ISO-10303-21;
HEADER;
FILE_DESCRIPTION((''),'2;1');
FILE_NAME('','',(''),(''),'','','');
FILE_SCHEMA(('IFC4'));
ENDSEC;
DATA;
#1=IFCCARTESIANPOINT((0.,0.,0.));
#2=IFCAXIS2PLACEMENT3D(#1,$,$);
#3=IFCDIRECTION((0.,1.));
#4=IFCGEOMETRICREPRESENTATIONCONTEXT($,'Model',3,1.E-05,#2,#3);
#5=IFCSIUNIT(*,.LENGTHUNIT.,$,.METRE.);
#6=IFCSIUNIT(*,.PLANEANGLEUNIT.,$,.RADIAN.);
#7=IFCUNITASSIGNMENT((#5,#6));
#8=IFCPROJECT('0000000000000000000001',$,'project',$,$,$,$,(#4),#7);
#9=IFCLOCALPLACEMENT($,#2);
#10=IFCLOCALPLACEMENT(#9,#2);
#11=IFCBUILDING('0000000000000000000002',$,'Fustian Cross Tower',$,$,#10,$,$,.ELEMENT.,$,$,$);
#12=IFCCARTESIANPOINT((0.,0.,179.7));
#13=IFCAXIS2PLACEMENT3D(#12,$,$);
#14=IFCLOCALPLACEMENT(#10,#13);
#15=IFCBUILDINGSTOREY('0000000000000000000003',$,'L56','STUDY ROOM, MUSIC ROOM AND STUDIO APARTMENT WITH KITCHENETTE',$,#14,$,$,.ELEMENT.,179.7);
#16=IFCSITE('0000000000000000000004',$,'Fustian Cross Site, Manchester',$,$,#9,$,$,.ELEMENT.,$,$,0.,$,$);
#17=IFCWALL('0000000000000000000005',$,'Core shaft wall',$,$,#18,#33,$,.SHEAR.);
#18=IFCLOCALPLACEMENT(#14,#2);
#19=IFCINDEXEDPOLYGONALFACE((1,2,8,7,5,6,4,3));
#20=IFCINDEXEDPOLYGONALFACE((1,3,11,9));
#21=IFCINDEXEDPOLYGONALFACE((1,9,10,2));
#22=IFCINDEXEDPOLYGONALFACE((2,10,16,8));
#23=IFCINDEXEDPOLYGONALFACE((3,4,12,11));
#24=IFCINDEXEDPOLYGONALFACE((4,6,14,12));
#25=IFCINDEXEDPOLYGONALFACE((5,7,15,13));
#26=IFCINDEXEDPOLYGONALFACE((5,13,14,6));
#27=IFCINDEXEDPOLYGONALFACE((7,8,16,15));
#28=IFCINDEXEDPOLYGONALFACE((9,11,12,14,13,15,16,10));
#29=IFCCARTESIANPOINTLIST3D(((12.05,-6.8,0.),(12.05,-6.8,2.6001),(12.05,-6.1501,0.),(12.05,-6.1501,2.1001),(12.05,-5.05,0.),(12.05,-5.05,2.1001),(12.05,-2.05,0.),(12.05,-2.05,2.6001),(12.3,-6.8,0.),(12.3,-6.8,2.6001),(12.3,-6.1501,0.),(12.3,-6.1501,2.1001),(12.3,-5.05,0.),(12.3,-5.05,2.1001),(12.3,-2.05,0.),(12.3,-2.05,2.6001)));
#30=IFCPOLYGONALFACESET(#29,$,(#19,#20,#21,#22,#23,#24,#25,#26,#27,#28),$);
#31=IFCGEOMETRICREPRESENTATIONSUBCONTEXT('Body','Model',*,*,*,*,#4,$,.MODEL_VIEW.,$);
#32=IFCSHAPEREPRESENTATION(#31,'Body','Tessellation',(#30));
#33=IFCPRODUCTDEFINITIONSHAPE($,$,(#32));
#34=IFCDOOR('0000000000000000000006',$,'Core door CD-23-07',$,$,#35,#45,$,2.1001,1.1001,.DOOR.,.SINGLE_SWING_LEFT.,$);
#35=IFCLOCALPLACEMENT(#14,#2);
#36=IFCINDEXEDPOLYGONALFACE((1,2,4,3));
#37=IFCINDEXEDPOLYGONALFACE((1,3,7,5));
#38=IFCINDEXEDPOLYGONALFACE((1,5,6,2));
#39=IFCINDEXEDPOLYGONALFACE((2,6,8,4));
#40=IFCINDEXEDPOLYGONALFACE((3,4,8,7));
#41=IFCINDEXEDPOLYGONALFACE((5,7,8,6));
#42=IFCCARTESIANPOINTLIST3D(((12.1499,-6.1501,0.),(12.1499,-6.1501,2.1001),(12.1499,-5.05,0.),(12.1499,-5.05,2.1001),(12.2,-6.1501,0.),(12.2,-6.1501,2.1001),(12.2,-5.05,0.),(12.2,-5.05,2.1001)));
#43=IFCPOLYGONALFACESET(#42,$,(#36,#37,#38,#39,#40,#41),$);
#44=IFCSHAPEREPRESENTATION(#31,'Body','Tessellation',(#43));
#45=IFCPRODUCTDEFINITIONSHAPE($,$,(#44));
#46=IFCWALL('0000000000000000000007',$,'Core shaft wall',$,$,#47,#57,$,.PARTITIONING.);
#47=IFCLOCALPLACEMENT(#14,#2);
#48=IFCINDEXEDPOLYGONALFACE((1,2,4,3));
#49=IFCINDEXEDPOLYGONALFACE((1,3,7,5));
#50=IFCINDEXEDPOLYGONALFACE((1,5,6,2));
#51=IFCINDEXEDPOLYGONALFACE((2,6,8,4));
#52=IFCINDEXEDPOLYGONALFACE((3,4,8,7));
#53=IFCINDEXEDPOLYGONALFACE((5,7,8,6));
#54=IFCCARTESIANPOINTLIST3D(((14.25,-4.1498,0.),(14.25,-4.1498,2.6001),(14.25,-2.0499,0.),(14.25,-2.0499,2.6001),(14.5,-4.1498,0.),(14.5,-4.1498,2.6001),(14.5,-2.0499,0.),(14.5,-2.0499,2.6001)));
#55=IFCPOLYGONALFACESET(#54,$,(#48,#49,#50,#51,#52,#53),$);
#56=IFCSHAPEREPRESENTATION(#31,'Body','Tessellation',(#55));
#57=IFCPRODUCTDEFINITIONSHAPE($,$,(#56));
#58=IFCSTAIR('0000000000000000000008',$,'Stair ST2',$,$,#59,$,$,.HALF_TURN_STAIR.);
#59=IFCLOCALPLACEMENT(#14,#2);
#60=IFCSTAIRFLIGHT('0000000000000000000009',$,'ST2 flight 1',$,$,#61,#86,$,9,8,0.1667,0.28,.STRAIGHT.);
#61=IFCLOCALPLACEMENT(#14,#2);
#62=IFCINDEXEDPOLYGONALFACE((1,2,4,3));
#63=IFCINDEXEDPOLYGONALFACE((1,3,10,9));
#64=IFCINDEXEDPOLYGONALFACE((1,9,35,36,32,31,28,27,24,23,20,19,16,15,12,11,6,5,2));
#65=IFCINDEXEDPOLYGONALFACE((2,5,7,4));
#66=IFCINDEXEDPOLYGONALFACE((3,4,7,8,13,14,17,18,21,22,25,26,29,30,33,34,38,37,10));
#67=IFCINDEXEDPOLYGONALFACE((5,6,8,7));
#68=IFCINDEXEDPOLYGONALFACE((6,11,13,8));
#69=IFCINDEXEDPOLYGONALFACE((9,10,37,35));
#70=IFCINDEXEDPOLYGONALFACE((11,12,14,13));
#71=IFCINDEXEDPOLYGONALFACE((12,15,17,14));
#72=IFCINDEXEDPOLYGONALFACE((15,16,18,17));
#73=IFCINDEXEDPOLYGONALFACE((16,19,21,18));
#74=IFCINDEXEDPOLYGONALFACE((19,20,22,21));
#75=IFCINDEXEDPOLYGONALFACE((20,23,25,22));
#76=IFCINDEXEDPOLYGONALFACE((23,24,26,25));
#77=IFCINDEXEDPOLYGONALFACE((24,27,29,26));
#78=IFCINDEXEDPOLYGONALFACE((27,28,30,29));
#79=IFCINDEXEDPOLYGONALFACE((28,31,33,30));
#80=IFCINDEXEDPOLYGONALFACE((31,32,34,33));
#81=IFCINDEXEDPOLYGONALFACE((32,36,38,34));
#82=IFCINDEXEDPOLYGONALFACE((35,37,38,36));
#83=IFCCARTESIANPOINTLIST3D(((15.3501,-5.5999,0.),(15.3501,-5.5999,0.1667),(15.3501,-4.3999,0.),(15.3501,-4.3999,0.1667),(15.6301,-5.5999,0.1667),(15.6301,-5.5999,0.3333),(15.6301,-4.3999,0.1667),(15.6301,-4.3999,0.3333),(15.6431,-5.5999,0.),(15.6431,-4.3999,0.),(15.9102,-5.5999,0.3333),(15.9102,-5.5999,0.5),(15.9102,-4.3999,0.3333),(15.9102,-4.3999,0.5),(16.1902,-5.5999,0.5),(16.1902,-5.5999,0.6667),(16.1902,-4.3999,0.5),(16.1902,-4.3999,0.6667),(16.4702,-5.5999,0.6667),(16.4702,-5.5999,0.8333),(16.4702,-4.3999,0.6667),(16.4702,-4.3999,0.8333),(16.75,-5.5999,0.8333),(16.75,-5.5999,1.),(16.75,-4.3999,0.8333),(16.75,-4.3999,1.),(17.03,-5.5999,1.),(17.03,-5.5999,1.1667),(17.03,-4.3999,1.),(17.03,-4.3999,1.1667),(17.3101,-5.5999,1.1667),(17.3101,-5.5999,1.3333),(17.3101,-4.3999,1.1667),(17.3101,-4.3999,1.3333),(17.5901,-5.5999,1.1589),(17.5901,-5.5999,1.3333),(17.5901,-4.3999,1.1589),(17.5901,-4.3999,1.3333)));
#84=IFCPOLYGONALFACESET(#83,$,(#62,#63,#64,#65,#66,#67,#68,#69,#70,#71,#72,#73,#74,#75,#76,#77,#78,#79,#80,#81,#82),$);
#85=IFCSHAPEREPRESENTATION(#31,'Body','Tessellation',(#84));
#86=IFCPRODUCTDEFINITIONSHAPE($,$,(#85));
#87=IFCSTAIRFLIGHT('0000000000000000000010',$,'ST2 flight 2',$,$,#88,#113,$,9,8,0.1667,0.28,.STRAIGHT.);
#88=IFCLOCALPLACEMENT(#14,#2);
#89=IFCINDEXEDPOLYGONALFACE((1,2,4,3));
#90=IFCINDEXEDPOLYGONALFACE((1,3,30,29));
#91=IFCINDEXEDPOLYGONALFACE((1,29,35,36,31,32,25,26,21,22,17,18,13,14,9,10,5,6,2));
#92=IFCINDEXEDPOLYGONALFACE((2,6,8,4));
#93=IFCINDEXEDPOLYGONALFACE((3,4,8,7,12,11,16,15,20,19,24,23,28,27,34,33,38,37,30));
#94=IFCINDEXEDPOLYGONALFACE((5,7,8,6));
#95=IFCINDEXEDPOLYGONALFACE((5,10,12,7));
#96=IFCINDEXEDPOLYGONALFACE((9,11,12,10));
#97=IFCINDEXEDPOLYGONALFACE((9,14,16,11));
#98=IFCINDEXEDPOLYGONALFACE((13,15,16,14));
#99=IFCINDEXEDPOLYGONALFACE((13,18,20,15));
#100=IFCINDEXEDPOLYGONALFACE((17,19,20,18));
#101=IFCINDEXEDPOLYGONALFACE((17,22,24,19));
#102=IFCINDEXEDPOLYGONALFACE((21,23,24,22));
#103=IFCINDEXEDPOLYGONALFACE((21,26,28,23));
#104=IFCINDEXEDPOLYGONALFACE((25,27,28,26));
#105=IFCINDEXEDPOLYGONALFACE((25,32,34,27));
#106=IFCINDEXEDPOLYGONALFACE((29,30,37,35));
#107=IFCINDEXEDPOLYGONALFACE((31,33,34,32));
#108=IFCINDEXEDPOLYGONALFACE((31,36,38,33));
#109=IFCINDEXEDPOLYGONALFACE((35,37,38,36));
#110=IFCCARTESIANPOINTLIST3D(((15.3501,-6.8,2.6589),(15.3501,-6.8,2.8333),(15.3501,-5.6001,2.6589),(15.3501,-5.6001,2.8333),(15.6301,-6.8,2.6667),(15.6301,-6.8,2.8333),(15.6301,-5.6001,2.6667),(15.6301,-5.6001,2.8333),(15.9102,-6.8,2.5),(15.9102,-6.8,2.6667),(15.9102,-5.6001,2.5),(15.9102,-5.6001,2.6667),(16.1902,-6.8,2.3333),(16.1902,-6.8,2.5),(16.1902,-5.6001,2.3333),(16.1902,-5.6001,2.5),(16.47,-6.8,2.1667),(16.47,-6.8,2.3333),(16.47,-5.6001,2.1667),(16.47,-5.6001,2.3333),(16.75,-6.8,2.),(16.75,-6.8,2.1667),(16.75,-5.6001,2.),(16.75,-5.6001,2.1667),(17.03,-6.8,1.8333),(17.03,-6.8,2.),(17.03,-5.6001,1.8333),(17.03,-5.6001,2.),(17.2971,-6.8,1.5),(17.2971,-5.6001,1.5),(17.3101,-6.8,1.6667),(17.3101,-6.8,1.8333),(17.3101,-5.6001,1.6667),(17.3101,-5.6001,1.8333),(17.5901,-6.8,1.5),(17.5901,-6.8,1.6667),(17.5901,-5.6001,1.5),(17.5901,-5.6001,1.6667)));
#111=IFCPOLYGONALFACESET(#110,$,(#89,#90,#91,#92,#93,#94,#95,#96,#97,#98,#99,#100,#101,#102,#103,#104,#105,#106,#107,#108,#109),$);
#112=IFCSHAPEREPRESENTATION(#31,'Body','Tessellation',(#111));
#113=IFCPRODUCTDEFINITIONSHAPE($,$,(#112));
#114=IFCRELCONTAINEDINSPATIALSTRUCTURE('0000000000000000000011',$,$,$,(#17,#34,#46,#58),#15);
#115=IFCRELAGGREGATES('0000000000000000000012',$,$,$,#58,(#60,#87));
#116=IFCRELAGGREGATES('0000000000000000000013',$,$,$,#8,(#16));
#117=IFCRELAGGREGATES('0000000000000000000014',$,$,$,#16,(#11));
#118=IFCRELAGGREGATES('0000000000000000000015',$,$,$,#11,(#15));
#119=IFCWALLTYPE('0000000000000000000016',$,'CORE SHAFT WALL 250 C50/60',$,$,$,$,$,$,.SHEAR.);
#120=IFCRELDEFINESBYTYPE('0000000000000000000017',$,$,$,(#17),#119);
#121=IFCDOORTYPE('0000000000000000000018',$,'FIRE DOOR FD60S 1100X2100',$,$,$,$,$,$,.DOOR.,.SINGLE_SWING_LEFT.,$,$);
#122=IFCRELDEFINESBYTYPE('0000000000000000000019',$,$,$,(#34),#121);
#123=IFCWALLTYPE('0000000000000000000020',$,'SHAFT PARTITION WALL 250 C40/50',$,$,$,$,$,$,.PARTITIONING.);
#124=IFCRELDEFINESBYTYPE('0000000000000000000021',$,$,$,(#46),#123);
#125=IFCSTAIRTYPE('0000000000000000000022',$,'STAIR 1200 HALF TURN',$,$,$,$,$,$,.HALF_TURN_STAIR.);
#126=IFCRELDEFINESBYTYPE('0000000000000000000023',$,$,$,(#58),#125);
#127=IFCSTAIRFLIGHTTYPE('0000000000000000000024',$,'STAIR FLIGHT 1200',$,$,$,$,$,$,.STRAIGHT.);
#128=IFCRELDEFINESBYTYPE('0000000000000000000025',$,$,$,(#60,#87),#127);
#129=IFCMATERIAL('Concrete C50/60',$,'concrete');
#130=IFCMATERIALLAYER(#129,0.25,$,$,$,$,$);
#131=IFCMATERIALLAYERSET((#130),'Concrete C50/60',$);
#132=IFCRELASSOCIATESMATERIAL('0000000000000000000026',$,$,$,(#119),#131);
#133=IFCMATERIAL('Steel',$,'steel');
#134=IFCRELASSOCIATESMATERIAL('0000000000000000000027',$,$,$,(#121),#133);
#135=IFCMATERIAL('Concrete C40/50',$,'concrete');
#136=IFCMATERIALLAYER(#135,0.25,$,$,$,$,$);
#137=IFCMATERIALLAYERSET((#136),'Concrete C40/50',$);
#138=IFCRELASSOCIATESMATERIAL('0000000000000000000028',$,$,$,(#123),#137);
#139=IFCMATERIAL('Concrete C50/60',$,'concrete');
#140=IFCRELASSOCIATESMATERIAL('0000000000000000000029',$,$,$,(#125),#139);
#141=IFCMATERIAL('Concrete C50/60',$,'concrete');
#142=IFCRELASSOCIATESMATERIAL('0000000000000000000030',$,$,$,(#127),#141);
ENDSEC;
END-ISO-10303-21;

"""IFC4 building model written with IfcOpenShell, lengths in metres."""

from ifc_helpers import new_model, si_unit, direction, frame, frame_2d, origin, place, context, subcontext, project, spatial, polyline, rectangle, outline, extrude, material, layer, layer_set, type_object, element, fill, aggregate, save


model = new_model("IFC4")

# Units and contexts
model_context = context("Model", 3, precision=1e-05, world=origin(), true_north=direction((0.0, 1.0)))
body_context = subcontext(model_context, "Body", "Model", "MODEL_VIEW")
ifc_project = project(units=[si_unit("LENGTHUNIT", "METRE"), si_unit("PLANEANGLEUNIT", "RADIAN")], contexts=[model_context])

# Site, building, storey
site_placement = place(None, origin())
site = spatial("IfcSite", under=ifc_project, at=site_placement, Name="Fustian Cross Site, Manchester", CompositionType="ELEMENT", RefElevation=0.0)
building_placement = place(site_placement, origin())
building = spatial("IfcBuilding", under=site, at=building_placement, Name="Fustian Cross Tower", CompositionType="ELEMENT")
storey_placement = place(building_placement, frame((0.0, 0.0, 179.7)))
storey = spatial("IfcBuildingStorey", under=building, at=storey_placement, Name="L56", Description="STUDY ROOM, MUSIC ROOM AND STUDIO APARTMENT WITH KITCHENETTE", CompositionType="ELEMENT", Elevation=179.7)

# Shared definitions
ifc_material_1 = material(Name="Concrete C50/60", Category="concrete")
ifc_layer_1 = layer(ifc_material_1, 0.25)
ifc_layer_set_1 = layer_set([ifc_layer_1], Name="Concrete C50/60")
wall_type_1 = type_object("IfcWallType", Name="CORE SHAFT WALL 250 C50/60", PredefinedType="SHEAR", material=ifc_layer_set_1)

# Wall, opening, door
wall_1_placement = place(storey_placement, frame((12.175, -2.05, 0.0), z_axis=(0.0, 0.0, 1.0), x_axis=(0.0, -1.0, 0.0)))
wall_1 = element("IfcWall", 1, at=wall_1_placement, inside=storey, type_object=wall_type_1, Name="Core shaft wall", PredefinedType="SHEAR", context=body_context, shape_type="SweptSolid", body=[
    extrude(rectangle(XDim=4.75, YDim=0.25, at=frame_2d((2.375, 0.0))), origin(), (0.0, 0.0, 1.0), 2.6001),
])
opening_1_placement = place(wall_1_placement, frame((3.0, 0.0, 0.0)))
opening_1 = element("IfcOpeningElement", 2, at=opening_1_placement, cuts=wall_1, PredefinedType="OPENING", context=body_context, shape_type="SweptSolid", body=[
    extrude(rectangle(XDim=1.1001, YDim=2.1001, at=frame_2d((0.55, 1.05))), frame((0.0, 0.135, 0.0), z_axis=(0.0, -1.0, 0.0), x_axis=(1.0, 0.0, 0.0)), (0.0, 0.0, 1.0), 0.27),
])
ifc_material_2 = material(Name="Steel", Category="steel")
door_type_1 = type_object("IfcDoorType", Name="FIRE DOOR FD60S 1100X2100", OperationType="SINGLE_SWING_LEFT", PredefinedType="DOOR", material=ifc_material_2)
door_1_placement = place(opening_1_placement, origin())
door_1 = element("IfcDoor", 3, at=door_1_placement, inside=storey, type_object=door_type_1, Name="Core door CD-23-07", OperationType="SINGLE_SWING_LEFT", OverallHeight=2.1001, OverallWidth=1.1001, PredefinedType="DOOR", context=body_context, shape_type="SweptSolid", body=[
    extrude(rectangle(XDim=1.1001, YDim=2.1001, at=frame_2d((0.55, 1.05))), frame((0.0, 0.0249, 0.0), z_axis=(0.0, -1.0, 0.0), x_axis=(1.0, 0.0, 0.0)), (0.0, 0.0, 1.0), 0.05),
])
fill(opening_1, door_1)

# Wall
ifc_material_3 = material(Name="Concrete C40/50", Category="concrete")
ifc_layer_2 = layer(ifc_material_3, 0.25)
ifc_layer_set_2 = layer_set([ifc_layer_2], Name="Concrete C40/50")
wall_type_2 = type_object("IfcWallType", Name="SHAFT PARTITION WALL 250 C40/50", PredefinedType="PARTITIONING", material=ifc_layer_set_2)
wall_2_placement = place(storey_placement, frame((14.375, -2.05, 0.0), z_axis=(0.0, 0.0, 1.0), x_axis=(0.0, -1.0, 0.0)))
element("IfcWall", 4, at=wall_2_placement, inside=storey, type_object=wall_type_2, Name="Core shaft wall", PredefinedType="PARTITIONING", context=body_context, shape_type="SweptSolid", body=[
    extrude(rectangle(XDim=2.0999, YDim=0.25, at=frame_2d((1.0498, 0.0))), origin(), (0.0, 0.0, 1.0), 2.6001),
])

# Stair, stair flights
ifc_material_4 = material(Name="Concrete C50/60", Category="concrete")
stair_type = type_object("IfcStairType", Name="STAIR 1200 HALF TURN", PredefinedType="HALF_TURN_STAIR", material=ifc_material_4)
stair_placement = place(storey_placement, origin())
stair = element("IfcStair", 5, at=stair_placement, inside=storey, type_object=stair_type, Name="Stair ST2", PredefinedType="HALF_TURN_STAIR")
ifc_material_5 = material(Name="Concrete C50/60", Category="concrete")
stair_flight_type = type_object("IfcStairFlightType", Name="STAIR FLIGHT 1200", PredefinedType="STRAIGHT", material=ifc_material_5)
stair_flight_1_placement = place(storey_placement, frame((15.3501, -5.0, 0.0), z_axis=(0.0, 0.0, 1.0), x_axis=(1.0, 0.0, 0.0)))
stair_flight_1 = element("IfcStairFlight", 6, at=stair_flight_1_placement, type_object=stair_flight_type, Name="ST2 flight 1", NumberOfRisers=9, NumberOfTreads=8, PredefinedType="STRAIGHT", RiserHeight=0.1667, TreadLength=0.28, context=body_context, shape_type="SweptSolid", body=[
    extrude(outline(polyline([(0.0, 0.0), (0.0, 0.1667), (0.28, 0.1667), (0.28, 0.3333), (0.5601, 0.3333), (0.5601, 0.5), (0.8401, 0.5), (0.8401, 0.6667), (1.1201, 0.6667), (1.1201, 0.8333), (1.3999, 0.8333), (1.3999, 1.0), (1.6799, 1.0), (1.6799, 1.1667), (1.96, 1.1667), (1.96, 1.3333), (2.24, 1.3333), (2.24, 1.5), (2.24, 1.1589), (0.293, 0.0), (0.0, 0.0)])), frame((0.0, 0.6001, 0.0), z_axis=(0.0, -1.0, 0.0), x_axis=(1.0, 0.0, 0.0)), (0.0, 0.0, 1.0), 1.2),
])
stair_flight_2_placement = place(storey_placement, frame((17.5901, -6.2, 1.5), z_axis=(0.0, 0.0, 1.0), x_axis=(-1.0, 0.0, 0.0)))
stair_flight_2 = element("IfcStairFlight", 7, at=stair_flight_2_placement, type_object=stair_flight_type, Name="ST2 flight 2", NumberOfRisers=9, NumberOfTreads=8, PredefinedType="STRAIGHT", RiserHeight=0.1667, TreadLength=0.28, context=body_context, shape_type="SweptSolid", body=[
    extrude(outline(polyline([(0.0, 0.0), (0.0, 0.1667), (0.28, 0.1667), (0.28, 0.3333), (0.5601, 0.3333), (0.5601, 0.5), (0.8401, 0.5), (0.8401, 0.6667), (1.1201, 0.6667), (1.1201, 0.8333), (1.3999, 0.8333), (1.3999, 1.0), (1.6799, 1.0), (1.6799, 1.1667), (1.96, 1.1667), (1.96, 1.3333), (2.24, 1.3333), (2.24, 1.5), (2.24, 1.1589), (0.293, 0.0), (0.0, 0.0)])), frame((0.0, 0.6001, 0.0), z_axis=(0.0, -1.0, 0.0), x_axis=(1.0, 0.0, 0.0)), (0.0, 0.0, 1.0), 1.2),
])
aggregate(stair, [stair_flight_1, stair_flight_2])

save(model, "model.ifc")
